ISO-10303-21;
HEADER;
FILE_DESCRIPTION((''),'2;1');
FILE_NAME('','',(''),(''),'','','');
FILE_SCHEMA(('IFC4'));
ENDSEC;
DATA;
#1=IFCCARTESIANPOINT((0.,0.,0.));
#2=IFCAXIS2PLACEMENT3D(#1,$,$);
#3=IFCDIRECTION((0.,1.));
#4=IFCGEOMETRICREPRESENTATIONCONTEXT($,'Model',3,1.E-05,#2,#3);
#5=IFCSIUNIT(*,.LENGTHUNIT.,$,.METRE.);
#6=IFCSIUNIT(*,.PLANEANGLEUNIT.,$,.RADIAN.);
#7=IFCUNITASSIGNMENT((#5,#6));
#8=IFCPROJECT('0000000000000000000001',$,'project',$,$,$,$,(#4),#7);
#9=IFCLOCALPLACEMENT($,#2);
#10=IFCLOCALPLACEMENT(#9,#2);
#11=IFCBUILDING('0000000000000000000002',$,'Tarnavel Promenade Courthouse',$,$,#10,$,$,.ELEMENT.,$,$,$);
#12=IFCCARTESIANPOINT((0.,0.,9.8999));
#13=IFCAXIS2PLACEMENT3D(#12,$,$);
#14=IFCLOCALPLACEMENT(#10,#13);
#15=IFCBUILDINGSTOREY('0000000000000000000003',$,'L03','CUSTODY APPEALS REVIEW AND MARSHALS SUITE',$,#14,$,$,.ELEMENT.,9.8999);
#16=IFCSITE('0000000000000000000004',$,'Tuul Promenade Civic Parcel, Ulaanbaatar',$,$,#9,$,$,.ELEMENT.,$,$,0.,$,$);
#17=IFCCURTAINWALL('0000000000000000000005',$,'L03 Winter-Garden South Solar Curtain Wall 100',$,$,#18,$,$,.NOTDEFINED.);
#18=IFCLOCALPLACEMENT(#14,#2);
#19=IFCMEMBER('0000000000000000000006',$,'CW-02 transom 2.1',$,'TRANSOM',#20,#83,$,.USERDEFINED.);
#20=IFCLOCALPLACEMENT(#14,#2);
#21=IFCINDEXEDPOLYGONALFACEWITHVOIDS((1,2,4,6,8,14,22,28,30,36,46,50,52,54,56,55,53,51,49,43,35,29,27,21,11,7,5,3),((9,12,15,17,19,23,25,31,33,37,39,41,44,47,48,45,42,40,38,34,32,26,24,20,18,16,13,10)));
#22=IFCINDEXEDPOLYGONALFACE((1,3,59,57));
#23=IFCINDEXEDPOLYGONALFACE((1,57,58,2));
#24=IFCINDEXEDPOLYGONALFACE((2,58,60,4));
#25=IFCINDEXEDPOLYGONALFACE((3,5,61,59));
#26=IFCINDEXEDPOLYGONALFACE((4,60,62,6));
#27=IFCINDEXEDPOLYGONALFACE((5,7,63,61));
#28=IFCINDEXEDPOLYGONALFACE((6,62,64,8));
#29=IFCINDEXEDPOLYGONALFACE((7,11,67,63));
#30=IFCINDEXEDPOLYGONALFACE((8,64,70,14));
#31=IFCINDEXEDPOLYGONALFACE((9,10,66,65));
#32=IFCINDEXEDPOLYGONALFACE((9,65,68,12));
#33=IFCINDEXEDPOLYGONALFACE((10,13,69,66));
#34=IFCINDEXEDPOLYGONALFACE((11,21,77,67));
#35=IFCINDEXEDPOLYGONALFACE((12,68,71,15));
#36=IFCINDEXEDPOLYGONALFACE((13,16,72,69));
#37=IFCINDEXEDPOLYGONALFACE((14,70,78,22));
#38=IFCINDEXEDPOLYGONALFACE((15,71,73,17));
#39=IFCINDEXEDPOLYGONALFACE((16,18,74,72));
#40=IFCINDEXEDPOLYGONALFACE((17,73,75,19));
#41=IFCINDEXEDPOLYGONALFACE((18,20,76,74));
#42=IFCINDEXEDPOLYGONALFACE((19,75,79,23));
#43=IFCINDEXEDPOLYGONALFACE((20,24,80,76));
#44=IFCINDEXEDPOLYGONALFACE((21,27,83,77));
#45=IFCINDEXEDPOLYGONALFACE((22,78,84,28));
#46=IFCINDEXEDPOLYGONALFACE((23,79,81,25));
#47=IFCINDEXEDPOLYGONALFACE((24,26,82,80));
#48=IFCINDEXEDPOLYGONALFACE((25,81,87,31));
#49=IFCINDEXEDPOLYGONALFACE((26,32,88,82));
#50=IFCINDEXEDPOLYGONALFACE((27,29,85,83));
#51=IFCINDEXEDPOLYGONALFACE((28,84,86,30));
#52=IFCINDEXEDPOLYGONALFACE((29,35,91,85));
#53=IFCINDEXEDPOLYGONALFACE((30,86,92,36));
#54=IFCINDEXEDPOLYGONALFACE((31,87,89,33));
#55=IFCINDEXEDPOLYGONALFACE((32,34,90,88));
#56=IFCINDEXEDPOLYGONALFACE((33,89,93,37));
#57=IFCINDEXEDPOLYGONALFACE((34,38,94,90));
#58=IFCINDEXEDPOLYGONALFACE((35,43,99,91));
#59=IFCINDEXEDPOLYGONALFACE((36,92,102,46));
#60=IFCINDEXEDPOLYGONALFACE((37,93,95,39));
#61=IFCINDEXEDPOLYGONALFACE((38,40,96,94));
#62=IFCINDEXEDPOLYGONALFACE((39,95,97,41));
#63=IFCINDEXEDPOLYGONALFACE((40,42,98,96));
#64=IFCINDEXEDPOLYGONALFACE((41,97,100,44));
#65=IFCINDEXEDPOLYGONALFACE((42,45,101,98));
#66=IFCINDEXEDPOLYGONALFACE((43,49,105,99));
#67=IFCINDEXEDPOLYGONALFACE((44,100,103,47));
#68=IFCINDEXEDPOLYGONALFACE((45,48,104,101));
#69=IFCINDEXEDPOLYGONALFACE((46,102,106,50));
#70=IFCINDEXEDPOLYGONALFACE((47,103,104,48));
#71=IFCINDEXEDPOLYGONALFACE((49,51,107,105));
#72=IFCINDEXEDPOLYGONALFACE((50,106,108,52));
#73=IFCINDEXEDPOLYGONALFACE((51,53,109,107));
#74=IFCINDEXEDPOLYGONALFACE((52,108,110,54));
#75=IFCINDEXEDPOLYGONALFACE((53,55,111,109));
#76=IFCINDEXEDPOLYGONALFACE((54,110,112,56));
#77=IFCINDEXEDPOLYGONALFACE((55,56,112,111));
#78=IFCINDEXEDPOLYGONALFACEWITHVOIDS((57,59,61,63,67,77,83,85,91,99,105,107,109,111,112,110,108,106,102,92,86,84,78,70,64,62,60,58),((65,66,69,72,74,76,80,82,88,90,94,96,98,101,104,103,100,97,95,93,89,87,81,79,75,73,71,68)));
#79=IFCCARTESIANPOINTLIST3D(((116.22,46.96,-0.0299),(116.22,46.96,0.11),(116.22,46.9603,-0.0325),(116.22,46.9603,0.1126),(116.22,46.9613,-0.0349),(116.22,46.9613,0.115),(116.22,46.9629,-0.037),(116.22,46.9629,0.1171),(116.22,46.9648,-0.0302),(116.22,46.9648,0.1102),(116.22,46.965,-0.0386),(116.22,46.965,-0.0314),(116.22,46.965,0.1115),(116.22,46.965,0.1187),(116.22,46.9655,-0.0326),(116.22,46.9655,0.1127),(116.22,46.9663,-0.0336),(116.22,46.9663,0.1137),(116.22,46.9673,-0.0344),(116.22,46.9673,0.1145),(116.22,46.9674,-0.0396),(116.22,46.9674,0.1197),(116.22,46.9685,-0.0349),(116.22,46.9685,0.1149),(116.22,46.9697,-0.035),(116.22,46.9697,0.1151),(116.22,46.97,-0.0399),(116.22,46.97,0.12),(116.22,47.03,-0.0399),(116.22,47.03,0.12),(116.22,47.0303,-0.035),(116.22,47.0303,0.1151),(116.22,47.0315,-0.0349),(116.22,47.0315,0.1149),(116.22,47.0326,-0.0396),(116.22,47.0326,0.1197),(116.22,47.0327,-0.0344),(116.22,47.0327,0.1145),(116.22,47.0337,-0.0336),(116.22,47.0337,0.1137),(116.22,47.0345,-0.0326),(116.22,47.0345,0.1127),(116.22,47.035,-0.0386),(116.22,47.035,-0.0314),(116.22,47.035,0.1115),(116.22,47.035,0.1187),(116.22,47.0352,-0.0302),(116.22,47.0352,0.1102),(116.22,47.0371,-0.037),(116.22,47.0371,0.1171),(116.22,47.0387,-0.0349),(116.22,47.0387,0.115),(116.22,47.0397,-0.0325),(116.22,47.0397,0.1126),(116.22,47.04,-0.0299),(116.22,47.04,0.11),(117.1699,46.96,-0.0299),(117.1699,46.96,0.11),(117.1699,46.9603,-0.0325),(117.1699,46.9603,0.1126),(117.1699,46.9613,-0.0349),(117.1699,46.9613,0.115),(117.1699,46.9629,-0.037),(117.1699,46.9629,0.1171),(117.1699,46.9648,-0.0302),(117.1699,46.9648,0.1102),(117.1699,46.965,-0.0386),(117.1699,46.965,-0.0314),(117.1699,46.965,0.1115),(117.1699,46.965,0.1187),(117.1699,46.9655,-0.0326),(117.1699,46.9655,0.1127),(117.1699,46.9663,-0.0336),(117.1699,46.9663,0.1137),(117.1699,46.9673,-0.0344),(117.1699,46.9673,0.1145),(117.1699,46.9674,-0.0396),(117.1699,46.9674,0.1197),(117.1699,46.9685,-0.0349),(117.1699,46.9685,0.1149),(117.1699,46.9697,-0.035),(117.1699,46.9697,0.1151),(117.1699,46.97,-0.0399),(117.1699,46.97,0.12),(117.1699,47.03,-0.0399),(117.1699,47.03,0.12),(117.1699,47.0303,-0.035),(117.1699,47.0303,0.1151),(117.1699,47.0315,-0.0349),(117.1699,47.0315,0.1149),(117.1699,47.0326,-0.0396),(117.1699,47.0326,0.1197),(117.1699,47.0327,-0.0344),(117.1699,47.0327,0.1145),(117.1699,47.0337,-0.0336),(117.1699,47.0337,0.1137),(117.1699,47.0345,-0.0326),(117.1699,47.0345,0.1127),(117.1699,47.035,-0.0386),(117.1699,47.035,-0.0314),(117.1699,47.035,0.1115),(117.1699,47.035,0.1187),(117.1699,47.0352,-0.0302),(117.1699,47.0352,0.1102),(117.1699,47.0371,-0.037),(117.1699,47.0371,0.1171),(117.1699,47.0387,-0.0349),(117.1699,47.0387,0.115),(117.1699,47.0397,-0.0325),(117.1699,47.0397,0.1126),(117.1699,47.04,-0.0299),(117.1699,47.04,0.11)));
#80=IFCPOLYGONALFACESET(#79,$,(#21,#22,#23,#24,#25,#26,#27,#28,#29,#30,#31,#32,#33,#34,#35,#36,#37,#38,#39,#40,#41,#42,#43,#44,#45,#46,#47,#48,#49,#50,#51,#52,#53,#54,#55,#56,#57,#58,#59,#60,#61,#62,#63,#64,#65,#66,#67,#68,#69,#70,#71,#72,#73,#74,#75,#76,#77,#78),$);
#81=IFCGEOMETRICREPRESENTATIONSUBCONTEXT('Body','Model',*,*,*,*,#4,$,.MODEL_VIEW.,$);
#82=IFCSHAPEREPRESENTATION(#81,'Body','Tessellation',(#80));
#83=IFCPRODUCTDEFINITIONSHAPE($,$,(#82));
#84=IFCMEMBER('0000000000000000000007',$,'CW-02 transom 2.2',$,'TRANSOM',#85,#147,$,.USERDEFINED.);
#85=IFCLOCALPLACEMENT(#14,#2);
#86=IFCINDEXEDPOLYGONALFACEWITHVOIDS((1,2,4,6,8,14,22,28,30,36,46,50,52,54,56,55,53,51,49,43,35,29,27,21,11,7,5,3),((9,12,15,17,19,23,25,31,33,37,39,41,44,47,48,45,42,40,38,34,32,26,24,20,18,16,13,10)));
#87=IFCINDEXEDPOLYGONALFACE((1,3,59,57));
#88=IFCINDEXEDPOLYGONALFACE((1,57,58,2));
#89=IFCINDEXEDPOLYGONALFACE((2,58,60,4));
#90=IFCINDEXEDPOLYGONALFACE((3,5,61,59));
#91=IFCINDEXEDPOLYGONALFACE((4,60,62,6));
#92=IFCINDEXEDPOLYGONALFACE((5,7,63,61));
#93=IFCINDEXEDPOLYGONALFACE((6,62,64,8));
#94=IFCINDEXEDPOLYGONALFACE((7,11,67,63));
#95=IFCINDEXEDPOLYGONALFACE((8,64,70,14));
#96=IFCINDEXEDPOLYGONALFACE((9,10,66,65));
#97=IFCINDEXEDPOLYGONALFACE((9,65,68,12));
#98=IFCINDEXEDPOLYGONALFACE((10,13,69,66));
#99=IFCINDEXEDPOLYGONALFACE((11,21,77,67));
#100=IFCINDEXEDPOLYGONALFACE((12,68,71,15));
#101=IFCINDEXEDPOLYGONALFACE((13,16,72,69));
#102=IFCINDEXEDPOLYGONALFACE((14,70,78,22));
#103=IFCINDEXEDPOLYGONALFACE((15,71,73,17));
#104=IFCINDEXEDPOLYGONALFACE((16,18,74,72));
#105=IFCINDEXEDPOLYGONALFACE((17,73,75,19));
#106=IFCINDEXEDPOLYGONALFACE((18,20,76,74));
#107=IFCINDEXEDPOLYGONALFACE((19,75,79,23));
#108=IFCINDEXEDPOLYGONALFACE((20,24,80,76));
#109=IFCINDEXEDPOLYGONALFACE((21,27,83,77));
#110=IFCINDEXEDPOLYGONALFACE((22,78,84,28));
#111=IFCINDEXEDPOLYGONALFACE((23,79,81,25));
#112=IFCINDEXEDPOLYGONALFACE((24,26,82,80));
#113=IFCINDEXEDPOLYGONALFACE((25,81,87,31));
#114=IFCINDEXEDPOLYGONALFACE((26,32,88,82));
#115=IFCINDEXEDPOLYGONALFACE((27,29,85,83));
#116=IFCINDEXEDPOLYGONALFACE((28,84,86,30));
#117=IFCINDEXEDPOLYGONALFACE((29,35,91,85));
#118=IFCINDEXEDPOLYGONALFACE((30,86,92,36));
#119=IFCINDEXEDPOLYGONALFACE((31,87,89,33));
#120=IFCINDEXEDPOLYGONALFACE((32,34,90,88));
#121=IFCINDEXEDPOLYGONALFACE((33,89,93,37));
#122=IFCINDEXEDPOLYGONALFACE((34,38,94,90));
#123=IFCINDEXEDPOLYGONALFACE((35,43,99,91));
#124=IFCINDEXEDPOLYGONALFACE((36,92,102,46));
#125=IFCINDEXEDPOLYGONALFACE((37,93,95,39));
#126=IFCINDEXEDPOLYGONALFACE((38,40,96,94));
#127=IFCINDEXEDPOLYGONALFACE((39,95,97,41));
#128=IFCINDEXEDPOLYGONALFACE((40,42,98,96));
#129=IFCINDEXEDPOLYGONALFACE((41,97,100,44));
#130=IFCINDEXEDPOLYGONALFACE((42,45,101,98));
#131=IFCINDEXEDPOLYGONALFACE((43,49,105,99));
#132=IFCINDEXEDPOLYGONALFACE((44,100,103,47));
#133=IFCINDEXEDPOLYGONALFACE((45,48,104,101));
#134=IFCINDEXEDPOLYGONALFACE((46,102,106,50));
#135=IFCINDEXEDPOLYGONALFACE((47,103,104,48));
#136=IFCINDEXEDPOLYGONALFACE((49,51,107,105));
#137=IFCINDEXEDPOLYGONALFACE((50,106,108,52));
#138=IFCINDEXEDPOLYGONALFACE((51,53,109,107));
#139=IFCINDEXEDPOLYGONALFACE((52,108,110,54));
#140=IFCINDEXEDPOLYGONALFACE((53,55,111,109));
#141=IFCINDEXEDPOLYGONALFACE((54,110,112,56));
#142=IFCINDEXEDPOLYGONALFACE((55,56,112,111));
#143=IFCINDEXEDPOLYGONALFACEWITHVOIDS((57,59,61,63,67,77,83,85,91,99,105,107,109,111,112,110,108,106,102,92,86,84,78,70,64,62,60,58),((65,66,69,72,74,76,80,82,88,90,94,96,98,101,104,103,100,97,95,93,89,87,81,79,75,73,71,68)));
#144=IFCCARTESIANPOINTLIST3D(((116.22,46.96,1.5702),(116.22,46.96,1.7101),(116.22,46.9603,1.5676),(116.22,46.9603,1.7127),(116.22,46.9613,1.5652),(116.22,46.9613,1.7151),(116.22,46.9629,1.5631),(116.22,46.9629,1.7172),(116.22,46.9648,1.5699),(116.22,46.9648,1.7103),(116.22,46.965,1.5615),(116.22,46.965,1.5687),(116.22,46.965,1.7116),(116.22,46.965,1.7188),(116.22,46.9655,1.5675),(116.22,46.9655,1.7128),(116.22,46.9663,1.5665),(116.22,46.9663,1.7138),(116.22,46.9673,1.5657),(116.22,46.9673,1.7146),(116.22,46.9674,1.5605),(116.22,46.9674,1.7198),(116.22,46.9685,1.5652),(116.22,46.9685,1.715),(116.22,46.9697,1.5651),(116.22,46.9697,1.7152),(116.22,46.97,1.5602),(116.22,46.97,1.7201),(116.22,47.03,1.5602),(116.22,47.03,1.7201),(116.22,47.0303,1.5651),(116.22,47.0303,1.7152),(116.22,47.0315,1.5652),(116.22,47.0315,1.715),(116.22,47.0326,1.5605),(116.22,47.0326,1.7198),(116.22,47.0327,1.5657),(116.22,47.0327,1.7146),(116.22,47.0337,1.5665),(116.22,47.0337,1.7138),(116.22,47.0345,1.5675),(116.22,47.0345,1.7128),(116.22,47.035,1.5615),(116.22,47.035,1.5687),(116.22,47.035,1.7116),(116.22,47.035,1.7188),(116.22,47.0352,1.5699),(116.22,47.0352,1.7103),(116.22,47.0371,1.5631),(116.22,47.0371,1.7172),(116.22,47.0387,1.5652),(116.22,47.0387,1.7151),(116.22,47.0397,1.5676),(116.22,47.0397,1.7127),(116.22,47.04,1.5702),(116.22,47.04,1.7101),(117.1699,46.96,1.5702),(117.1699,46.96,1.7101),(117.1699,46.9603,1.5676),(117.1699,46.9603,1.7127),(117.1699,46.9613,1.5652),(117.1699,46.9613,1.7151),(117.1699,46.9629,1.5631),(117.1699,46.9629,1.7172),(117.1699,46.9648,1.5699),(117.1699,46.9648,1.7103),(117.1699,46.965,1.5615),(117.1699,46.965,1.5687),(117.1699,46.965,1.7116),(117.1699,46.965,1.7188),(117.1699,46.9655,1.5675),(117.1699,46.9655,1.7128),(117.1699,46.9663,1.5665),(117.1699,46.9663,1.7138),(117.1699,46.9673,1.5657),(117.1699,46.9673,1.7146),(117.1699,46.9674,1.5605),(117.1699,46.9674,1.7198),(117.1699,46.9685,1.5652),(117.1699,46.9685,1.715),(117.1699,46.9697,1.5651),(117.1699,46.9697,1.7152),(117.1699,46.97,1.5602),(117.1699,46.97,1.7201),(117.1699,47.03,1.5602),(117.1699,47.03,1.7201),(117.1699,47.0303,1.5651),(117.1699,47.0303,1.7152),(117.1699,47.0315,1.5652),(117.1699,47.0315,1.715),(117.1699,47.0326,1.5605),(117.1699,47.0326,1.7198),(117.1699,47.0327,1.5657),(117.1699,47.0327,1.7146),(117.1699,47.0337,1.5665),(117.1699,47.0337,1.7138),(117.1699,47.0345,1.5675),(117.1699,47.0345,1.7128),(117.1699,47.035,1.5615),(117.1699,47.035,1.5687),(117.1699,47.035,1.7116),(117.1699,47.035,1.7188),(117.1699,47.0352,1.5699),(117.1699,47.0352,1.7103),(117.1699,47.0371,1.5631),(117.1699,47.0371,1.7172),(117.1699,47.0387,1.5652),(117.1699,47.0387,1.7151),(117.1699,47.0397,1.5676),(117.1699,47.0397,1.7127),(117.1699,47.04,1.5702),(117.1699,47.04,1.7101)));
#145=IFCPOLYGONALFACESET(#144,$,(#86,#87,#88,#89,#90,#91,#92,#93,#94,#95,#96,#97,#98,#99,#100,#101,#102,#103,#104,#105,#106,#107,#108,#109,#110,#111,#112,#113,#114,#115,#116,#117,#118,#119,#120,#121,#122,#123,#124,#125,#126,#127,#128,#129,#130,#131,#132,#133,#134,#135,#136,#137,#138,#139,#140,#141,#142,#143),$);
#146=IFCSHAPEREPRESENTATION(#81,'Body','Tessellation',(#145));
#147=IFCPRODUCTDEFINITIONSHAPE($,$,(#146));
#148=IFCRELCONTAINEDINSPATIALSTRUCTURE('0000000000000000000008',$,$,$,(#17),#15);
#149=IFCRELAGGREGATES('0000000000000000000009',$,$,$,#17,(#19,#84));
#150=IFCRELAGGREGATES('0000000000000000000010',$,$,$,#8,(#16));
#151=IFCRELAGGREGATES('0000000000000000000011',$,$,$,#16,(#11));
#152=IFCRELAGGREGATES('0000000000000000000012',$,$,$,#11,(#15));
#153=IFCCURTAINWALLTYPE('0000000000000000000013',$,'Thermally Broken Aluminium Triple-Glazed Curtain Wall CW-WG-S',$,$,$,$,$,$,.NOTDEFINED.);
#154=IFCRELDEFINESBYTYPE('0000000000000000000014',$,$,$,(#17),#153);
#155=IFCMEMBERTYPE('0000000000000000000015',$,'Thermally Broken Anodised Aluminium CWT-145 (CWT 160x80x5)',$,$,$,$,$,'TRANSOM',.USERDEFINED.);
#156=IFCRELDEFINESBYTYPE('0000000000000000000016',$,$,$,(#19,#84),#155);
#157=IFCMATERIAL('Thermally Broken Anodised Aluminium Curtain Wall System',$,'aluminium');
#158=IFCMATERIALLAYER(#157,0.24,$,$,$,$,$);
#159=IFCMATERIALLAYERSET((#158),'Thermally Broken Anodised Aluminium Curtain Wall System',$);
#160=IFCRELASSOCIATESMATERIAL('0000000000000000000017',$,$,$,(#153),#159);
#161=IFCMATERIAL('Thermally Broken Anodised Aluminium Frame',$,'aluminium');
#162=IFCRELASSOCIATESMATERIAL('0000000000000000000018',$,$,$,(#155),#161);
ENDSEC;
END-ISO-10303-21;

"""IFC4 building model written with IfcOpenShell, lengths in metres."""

from ifc_helpers import new_model, si_unit, direction, frame, origin, origin_2d, place, context, subcontext, project, spatial, hollow_rectangle, extrude, material, layer, layer_set, material_profile, profile_set, type_object, element, aggregate, save


model = new_model("IFC4")

# Units and contexts
model_context = context("Model", 3, precision=1e-05, world=origin(), true_north=direction((0.0, 1.0)))
body_context = subcontext(model_context, "Body", "Model", "MODEL_VIEW")
ifc_project = project(units=[si_unit("LENGTHUNIT", "METRE"), si_unit("PLANEANGLEUNIT", "RADIAN")], contexts=[model_context])

# Site, building, storey
site_placement = place(None, origin())
site = spatial("IfcSite", under=ifc_project, at=site_placement, Name="Tuul Promenade Civic Parcel, Ulaanbaatar", CompositionType="ELEMENT", RefElevation=0.0)
building_placement = place(site_placement, origin())
building = spatial("IfcBuilding", under=site, at=building_placement, Name="Tarnavel Promenade Courthouse", CompositionType="ELEMENT")
storey_placement = place(building_placement, frame((0.0, 0.0, 9.8999)))
storey = spatial("IfcBuildingStorey", under=building, at=storey_placement, Name="L03", Description="CUSTODY APPEALS REVIEW AND MARSHALS SUITE", CompositionType="ELEMENT", Elevation=9.8999)

# Curtain wall
ifc_material_1 = material(Name="Thermally Broken Anodised Aluminium Curtain Wall System", Category="aluminium")
ifc_layer_1 = layer(ifc_material_1, 0.24)
ifc_layer_set_1 = layer_set([ifc_layer_1], Name="Thermally Broken Anodised Aluminium Curtain Wall System")
curtain_wall_type = type_object("IfcCurtainWallType", Name="Thermally Broken Aluminium Triple-Glazed Curtain Wall CW-WG-S", PredefinedType="NOTDEFINED", material=ifc_layer_set_1)
curtain_wall_1_placement = place(storey_placement, origin())
curtain_wall_1 = element("IfcCurtainWall", 1, at=curtain_wall_1_placement, inside=storey, type_object=curtain_wall_type, Name="L03 Winter-Garden South Solar Curtain Wall 100", PredefinedType="NOTDEFINED")
ifc_material_2 = material(Name="Thermally Broken Anodised Aluminium Frame", Category="aluminium")

# Members
ifc_material_profile_1 = material_profile(ifc_material_2, hollow_rectangle(XDim=0.0801, YDim=0.1599, WallThickness=0.0049, InnerFilletRadius=0.0049, OuterFilletRadius=0.01, at=origin_2d()), Name="CWT 160x80x5")
ifc_profile_set_1 = profile_set([ifc_material_profile_1], Name="Thermally Broken Anodised Aluminium Frame")
member_type_1 = type_object("IfcMemberType", Name="Thermally Broken Anodised Aluminium CWT-145 (CWT 160x80x5)", ElementType="TRANSOM", PredefinedType="USERDEFINED", material=ifc_profile_set_1)
member_1_placement = place(storey_placement, frame((116.22, 47.0, 0.04), z_axis=(1.0, 0.0, 0.0), x_axis=(0.0, 1.0, 0.0)))
member_1 = element("IfcMember", 2, at=member_1_placement, type_object=member_type_1, Name="CW-02 transom 2.1", ObjectType="TRANSOM", PredefinedType="USERDEFINED", context=body_context, shape_type="SweptSolid", body=[
    extrude(hollow_rectangle(XDim=0.0801, YDim=0.1599, WallThickness=0.0049, InnerFilletRadius=0.0049, OuterFilletRadius=0.01, at=origin_2d()), origin(), (0.0, 0.0, 1.0), 0.95),
])
member_2_placement = place(storey_placement, frame((116.22, 47.0, 1.6401), z_axis=(1.0, 0.0, 0.0), x_axis=(0.0, 1.0, 0.0)))
member_2 = element("IfcMember", 3, at=member_2_placement, type_object=member_type_1, Name="CW-02 transom 2.2", ObjectType="TRANSOM", PredefinedType="USERDEFINED", context=body_context, shape_type="SweptSolid", body=[
    extrude(hollow_rectangle(XDim=0.0801, YDim=0.1599, WallThickness=0.0049, InnerFilletRadius=0.0049, OuterFilletRadius=0.01, at=origin_2d()), origin(), (0.0, 0.0, 1.0), 0.95),
])

aggregate(curtain_wall_1, [member_1, member_2])

save(model, "model.ifc")
